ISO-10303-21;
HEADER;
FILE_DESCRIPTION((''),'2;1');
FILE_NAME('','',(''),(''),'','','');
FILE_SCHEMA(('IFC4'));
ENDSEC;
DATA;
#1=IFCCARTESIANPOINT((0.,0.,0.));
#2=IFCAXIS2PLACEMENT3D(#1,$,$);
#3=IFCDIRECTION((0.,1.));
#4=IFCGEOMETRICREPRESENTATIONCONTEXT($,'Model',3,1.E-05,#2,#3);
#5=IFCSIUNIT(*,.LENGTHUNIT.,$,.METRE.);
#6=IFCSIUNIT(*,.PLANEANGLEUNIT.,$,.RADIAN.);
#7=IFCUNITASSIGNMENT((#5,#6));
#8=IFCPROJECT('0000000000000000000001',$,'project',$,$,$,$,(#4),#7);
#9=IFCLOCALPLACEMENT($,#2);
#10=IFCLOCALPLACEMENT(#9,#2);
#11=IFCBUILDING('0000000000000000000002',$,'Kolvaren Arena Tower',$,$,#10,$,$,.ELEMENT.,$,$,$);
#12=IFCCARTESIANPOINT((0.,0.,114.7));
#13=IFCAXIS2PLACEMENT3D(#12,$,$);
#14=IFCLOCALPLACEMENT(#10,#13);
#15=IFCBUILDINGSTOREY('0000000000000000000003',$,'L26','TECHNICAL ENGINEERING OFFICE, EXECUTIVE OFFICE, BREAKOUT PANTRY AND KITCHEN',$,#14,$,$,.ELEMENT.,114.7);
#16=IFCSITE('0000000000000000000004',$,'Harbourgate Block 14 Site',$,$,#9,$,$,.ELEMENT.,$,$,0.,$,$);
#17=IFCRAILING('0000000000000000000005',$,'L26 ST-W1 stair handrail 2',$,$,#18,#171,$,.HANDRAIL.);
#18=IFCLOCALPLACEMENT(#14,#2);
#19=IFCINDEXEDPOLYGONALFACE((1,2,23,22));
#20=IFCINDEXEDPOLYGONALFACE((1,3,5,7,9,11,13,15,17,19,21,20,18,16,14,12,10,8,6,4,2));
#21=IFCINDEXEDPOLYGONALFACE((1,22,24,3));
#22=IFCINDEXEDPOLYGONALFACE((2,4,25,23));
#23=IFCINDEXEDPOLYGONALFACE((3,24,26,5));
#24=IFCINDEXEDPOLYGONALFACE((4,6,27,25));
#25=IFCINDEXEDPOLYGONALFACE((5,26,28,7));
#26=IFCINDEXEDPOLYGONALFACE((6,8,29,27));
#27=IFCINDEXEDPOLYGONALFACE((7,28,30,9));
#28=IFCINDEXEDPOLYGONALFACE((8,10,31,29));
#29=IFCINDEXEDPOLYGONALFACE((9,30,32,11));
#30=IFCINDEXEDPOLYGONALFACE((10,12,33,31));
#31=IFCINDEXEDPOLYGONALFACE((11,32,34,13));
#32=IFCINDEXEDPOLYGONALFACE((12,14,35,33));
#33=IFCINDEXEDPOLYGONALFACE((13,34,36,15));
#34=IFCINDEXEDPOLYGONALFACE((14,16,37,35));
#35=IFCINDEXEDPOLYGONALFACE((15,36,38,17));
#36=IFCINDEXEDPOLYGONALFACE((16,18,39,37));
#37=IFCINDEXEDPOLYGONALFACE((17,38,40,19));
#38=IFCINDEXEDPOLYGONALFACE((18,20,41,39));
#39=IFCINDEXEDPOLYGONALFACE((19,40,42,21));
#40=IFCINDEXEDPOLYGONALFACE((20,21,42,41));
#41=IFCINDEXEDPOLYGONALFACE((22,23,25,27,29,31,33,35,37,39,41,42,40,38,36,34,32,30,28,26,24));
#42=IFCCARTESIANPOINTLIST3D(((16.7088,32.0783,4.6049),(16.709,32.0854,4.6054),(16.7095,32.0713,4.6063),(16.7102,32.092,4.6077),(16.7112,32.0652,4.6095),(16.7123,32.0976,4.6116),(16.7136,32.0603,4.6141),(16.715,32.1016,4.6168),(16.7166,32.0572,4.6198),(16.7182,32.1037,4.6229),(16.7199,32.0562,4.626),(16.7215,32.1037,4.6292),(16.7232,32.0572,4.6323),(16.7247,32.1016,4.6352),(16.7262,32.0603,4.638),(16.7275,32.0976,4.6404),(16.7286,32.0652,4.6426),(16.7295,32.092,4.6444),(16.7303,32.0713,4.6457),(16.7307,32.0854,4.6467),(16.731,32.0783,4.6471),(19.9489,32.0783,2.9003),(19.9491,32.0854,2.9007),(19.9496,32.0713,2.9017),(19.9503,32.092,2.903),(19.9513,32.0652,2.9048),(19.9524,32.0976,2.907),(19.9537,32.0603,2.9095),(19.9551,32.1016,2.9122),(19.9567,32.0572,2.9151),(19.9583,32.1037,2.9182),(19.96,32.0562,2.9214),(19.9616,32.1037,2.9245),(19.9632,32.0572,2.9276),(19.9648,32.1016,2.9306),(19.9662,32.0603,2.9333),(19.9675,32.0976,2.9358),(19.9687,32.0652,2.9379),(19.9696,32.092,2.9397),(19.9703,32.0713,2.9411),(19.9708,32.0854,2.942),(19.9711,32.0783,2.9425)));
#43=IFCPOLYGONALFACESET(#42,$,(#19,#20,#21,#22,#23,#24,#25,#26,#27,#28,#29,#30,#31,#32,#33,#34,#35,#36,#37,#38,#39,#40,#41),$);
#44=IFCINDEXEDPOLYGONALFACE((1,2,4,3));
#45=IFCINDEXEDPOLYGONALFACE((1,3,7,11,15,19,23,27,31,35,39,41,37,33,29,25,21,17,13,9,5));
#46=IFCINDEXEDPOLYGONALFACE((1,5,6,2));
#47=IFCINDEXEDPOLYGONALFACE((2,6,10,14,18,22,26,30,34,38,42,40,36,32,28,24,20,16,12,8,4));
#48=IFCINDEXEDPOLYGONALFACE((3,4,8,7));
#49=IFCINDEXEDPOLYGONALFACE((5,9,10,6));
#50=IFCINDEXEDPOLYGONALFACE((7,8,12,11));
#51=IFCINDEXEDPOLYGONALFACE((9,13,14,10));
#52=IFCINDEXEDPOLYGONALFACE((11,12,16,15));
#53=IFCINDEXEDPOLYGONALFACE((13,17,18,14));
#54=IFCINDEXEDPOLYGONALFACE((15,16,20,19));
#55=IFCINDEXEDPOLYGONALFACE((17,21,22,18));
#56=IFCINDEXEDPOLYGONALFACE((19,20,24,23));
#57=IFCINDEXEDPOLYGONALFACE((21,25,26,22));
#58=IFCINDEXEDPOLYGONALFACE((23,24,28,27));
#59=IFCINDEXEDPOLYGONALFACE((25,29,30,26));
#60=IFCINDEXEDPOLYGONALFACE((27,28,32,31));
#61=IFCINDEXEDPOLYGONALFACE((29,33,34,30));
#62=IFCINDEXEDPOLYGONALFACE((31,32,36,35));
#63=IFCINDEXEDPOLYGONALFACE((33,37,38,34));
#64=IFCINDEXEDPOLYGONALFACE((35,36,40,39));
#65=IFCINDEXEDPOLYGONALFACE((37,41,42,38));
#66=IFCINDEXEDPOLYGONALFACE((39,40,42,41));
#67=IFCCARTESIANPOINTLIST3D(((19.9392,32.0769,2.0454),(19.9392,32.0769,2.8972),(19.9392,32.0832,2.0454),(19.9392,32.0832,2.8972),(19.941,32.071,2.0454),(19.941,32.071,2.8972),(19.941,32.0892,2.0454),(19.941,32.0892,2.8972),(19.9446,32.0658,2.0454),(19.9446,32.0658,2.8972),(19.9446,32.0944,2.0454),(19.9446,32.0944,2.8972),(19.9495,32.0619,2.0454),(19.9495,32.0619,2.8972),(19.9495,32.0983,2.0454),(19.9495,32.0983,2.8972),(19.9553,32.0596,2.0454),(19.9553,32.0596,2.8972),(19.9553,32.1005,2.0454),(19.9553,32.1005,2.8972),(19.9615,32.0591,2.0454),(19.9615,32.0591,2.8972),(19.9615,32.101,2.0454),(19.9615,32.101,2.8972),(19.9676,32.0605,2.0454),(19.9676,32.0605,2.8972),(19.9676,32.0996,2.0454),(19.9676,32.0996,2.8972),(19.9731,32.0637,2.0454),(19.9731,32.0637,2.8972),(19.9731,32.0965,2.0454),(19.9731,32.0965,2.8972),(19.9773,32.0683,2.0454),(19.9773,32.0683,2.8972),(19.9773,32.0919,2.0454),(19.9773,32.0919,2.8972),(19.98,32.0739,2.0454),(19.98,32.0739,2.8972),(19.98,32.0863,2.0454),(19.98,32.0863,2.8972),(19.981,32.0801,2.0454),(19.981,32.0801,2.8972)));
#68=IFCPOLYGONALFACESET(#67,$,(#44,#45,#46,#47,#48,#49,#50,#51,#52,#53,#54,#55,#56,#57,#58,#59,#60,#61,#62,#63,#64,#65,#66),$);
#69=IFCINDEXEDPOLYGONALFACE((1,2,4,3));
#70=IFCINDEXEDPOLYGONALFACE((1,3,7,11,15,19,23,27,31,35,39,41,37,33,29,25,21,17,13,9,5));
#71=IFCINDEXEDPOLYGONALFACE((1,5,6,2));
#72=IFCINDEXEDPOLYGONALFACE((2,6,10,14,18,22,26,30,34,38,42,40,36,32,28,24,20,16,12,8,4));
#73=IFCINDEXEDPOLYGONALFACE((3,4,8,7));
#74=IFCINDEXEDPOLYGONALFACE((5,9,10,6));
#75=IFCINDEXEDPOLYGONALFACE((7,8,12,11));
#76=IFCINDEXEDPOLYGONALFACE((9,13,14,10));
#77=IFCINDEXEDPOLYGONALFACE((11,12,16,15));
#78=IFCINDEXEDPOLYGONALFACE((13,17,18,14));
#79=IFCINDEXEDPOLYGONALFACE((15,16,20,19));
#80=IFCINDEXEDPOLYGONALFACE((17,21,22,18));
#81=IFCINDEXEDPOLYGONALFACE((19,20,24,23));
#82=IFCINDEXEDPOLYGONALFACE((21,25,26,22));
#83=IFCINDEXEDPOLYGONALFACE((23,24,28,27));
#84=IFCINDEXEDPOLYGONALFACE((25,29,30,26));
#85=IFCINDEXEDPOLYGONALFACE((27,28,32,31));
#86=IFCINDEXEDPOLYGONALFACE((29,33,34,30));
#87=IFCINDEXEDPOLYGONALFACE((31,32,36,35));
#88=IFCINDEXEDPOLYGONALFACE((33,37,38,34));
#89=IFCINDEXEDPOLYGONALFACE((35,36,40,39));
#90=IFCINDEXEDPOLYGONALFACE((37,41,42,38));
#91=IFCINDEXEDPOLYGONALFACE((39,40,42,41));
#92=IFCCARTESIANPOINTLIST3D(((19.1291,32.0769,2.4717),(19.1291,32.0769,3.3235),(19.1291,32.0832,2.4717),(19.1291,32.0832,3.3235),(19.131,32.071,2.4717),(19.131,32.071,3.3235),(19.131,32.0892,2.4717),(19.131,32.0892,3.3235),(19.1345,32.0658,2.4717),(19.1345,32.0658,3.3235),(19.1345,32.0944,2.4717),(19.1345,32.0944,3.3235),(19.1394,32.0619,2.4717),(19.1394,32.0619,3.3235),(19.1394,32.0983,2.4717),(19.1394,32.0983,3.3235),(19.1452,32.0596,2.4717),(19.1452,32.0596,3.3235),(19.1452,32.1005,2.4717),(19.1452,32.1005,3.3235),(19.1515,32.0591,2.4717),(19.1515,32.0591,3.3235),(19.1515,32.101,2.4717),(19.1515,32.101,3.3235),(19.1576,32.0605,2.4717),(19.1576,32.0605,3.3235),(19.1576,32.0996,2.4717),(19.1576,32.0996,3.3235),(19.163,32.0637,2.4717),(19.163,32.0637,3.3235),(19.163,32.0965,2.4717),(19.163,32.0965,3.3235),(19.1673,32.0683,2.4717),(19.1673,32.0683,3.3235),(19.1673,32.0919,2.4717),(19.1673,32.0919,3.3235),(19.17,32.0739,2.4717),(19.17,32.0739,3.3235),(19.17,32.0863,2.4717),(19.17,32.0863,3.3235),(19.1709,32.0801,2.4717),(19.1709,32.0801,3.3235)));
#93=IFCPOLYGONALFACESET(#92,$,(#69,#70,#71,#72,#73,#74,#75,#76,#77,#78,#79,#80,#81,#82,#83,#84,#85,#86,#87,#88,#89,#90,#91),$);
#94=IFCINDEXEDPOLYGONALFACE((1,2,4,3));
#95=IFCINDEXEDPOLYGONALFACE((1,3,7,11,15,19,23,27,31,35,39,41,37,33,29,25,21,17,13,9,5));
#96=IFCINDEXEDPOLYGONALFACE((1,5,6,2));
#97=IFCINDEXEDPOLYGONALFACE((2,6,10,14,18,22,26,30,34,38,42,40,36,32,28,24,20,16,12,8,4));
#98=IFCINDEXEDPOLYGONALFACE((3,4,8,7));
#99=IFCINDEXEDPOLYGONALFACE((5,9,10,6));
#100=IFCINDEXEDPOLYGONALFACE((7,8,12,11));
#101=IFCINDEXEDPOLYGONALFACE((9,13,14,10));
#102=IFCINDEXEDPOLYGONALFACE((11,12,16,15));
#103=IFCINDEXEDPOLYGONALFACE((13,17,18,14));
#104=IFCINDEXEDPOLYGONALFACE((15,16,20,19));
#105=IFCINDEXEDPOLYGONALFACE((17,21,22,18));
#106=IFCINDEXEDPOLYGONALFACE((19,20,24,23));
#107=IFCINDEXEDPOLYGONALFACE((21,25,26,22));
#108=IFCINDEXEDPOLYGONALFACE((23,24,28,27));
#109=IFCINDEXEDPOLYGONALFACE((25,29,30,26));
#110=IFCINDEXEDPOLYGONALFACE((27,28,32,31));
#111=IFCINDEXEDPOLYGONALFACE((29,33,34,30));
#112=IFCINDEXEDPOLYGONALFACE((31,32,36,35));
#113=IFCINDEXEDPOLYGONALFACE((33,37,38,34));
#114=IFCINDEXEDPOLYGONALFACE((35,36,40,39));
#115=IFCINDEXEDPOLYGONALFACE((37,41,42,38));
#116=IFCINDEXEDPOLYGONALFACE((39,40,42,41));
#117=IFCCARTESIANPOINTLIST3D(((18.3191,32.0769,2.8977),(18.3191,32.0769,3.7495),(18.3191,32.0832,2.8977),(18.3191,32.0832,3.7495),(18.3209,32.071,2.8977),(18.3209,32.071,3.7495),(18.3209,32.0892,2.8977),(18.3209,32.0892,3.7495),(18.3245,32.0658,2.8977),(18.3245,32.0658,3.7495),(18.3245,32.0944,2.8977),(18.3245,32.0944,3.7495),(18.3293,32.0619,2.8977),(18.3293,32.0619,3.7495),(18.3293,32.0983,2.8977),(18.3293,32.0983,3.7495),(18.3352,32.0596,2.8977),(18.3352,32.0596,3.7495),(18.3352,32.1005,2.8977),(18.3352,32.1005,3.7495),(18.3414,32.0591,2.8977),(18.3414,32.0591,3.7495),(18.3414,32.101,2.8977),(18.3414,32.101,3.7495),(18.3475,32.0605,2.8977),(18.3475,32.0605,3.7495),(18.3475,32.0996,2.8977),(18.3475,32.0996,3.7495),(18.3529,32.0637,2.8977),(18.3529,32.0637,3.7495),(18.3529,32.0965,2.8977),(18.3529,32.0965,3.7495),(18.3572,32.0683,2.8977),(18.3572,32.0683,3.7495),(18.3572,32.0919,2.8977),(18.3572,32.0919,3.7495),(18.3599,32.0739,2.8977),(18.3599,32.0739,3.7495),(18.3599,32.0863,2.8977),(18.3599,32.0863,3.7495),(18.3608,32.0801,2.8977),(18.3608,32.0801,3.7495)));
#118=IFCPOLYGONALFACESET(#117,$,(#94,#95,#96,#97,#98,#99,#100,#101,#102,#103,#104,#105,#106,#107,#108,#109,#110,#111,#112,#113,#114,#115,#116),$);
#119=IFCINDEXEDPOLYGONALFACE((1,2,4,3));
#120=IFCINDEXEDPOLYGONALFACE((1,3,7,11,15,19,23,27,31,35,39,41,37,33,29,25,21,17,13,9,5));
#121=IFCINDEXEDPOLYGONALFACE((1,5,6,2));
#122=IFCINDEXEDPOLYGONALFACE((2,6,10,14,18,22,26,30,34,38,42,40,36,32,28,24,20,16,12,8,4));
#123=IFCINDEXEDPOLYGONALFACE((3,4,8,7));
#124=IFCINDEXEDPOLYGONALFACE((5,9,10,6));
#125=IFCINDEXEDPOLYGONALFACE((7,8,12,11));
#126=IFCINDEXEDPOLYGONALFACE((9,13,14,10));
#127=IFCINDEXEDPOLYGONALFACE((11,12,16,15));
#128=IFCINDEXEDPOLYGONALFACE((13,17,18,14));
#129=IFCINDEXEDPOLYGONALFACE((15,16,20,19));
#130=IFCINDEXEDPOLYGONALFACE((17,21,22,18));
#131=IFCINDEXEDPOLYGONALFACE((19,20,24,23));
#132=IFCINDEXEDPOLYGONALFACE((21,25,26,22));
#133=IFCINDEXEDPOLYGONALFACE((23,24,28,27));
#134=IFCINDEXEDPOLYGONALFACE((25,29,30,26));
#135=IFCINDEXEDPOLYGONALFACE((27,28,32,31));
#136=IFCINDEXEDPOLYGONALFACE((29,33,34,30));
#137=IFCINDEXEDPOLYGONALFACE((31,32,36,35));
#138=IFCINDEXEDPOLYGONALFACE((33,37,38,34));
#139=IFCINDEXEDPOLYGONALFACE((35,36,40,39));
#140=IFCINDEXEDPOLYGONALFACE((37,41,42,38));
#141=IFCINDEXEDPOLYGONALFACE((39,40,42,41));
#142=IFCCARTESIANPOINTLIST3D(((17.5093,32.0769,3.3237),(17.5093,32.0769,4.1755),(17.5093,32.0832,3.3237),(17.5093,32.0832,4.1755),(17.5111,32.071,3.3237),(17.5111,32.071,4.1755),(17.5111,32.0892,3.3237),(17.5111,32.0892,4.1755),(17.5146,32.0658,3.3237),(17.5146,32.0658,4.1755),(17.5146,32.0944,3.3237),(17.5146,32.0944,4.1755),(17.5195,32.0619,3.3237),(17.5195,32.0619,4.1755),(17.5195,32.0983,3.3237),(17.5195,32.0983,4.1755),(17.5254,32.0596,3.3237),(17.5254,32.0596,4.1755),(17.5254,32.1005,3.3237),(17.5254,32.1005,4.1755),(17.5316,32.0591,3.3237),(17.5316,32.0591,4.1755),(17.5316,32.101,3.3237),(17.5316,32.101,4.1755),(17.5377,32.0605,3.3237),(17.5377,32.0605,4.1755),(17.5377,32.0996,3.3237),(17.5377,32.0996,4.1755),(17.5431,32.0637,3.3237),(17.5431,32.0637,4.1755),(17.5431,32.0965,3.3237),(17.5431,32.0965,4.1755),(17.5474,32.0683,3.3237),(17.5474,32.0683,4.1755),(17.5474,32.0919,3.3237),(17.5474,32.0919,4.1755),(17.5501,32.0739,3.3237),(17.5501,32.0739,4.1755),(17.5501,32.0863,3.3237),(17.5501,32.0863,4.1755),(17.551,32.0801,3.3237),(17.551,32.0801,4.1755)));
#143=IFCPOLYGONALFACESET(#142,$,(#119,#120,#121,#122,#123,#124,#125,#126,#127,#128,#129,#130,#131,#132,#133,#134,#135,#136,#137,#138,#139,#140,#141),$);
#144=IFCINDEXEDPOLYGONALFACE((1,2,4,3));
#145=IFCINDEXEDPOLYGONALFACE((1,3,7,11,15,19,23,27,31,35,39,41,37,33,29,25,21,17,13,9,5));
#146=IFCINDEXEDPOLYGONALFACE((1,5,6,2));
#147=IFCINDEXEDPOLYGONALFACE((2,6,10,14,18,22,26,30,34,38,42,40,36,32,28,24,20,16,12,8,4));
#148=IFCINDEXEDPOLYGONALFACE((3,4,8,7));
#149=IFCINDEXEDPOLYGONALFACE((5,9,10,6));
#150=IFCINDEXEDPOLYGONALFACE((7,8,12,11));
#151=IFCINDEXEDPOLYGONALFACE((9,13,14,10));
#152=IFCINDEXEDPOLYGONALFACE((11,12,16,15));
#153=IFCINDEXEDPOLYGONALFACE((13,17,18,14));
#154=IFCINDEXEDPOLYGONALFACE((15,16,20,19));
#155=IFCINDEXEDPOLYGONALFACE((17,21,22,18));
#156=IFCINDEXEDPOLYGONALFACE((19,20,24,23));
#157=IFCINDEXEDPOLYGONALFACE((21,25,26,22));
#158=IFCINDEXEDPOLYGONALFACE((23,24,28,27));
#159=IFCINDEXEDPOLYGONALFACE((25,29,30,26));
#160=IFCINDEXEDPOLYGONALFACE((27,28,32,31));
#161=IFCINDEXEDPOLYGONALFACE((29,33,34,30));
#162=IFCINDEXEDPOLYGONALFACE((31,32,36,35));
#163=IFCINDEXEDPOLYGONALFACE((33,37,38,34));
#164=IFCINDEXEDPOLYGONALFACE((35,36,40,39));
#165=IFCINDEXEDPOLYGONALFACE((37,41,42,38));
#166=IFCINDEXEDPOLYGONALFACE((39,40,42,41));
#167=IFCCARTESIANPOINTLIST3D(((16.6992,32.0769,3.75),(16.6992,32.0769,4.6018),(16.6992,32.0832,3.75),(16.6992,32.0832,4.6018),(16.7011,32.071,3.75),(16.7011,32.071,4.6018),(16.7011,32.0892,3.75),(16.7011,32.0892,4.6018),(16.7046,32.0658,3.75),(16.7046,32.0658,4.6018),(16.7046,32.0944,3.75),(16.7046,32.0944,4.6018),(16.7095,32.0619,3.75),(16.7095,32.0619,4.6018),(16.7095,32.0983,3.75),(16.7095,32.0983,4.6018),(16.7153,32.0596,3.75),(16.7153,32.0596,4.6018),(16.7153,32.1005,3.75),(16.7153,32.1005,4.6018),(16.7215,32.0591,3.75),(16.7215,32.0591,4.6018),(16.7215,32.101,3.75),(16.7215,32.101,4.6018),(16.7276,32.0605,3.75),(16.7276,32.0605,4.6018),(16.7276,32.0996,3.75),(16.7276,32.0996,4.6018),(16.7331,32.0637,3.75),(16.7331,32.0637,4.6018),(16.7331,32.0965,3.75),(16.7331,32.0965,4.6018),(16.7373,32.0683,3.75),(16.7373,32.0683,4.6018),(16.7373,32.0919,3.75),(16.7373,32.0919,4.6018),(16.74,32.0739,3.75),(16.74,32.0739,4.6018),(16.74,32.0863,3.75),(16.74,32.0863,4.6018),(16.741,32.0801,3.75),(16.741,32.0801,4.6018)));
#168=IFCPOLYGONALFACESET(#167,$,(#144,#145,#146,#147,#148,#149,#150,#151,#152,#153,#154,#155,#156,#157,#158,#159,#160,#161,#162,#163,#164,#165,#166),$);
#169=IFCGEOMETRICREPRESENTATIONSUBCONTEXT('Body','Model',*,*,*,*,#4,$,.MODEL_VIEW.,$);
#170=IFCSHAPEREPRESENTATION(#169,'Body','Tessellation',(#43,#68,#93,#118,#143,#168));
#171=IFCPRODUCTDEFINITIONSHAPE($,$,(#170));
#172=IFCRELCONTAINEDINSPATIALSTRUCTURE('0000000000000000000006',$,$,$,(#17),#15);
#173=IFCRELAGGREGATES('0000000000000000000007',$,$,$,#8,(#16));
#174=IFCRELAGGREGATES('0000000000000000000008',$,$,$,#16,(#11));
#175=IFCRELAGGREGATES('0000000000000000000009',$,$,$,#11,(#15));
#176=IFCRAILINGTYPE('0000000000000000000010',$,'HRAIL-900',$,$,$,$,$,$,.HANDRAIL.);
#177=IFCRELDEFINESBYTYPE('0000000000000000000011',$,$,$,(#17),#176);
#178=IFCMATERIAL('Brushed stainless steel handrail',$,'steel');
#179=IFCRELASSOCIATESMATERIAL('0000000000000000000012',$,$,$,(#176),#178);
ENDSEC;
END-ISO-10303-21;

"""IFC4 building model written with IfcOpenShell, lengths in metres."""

from ifc_helpers import new_model, si_unit, direction, frame, origin, origin_2d, place, context, subcontext, project, spatial, circle, extrude, material, type_object, element, save


model = new_model("IFC4")

# Units and contexts
model_context = context("Model", 3, precision=1e-05, world=origin(), true_north=direction((0.0, 1.0)))
body_context = subcontext(model_context, "Body", "Model", "MODEL_VIEW")
ifc_project = project(units=[si_unit("LENGTHUNIT", "METRE"), si_unit("PLANEANGLEUNIT", "RADIAN")], contexts=[model_context])

# Site, building, storey
site_placement = place(None, origin())
site = spatial("IfcSite", under=ifc_project, at=site_placement, Name="Harbourgate Block 14 Site", CompositionType="ELEMENT", RefElevation=0.0)
building_placement = place(site_placement, origin())
building = spatial("IfcBuilding", under=site, at=building_placement, Name="Kolvaren Arena Tower", CompositionType="ELEMENT")
storey_placement = place(building_placement, frame((0.0, 0.0, 114.7)))
storey = spatial("IfcBuildingStorey", under=building, at=storey_placement, Name="L26", Description="TECHNICAL ENGINEERING OFFICE, EXECUTIVE OFFICE, BREAKOUT PANTRY AND KITCHEN", CompositionType="ELEMENT", Elevation=114.7)

# Railing
ifc_material_1 = material(Name="Brushed stainless steel handrail", Category="steel")
railing_type_1 = type_object("IfcRailingType", Name="HRAIL-900", PredefinedType="HANDRAIL", material=ifc_material_1)
railing_1_placement = place(storey_placement, frame((19.96, 32.0801, 2.0454)))
element("IfcRailing", 1, at=railing_1_placement, inside=storey, type_object=railing_type_1, Name="L26 ST-W1 stair handrail 2", PredefinedType="HANDRAIL", context=body_context, shape_type="SweptSolid", body=[
    extrude(circle(Radius=0.0239, at=origin_2d()), frame((0.0, 0.0, 0.876), z_axis=(-0.884993, 0.0, 0.465604), x_axis=(0.0, -1.0, 0.0)), (0.0, 0.0, 1.0), 3.6611),
    extrude(circle(Radius=0.021, at=origin_2d()), origin(), (0.0, 0.0, 1.0), 0.8518),
    extrude(circle(Radius=0.021, at=origin_2d()), frame((-0.8101, 0.0, 0.4263)), (0.0, 0.0, 1.0), 0.8518),
    extrude(circle(Radius=0.021, at=origin_2d()), frame((-1.6201, 0.0, 0.8523)), (0.0, 0.0, 1.0), 0.8518),
    extrude(circle(Radius=0.021, at=origin_2d()), frame((-2.4299, 0.0, 1.2783)), (0.0, 0.0, 1.0), 0.8518),
    extrude(circle(Radius=0.021, at=origin_2d()), frame((-3.24, 0.0, 1.7046)), (0.0, 0.0, 1.0), 0.8518),
])

save(model, "model.ifc")
